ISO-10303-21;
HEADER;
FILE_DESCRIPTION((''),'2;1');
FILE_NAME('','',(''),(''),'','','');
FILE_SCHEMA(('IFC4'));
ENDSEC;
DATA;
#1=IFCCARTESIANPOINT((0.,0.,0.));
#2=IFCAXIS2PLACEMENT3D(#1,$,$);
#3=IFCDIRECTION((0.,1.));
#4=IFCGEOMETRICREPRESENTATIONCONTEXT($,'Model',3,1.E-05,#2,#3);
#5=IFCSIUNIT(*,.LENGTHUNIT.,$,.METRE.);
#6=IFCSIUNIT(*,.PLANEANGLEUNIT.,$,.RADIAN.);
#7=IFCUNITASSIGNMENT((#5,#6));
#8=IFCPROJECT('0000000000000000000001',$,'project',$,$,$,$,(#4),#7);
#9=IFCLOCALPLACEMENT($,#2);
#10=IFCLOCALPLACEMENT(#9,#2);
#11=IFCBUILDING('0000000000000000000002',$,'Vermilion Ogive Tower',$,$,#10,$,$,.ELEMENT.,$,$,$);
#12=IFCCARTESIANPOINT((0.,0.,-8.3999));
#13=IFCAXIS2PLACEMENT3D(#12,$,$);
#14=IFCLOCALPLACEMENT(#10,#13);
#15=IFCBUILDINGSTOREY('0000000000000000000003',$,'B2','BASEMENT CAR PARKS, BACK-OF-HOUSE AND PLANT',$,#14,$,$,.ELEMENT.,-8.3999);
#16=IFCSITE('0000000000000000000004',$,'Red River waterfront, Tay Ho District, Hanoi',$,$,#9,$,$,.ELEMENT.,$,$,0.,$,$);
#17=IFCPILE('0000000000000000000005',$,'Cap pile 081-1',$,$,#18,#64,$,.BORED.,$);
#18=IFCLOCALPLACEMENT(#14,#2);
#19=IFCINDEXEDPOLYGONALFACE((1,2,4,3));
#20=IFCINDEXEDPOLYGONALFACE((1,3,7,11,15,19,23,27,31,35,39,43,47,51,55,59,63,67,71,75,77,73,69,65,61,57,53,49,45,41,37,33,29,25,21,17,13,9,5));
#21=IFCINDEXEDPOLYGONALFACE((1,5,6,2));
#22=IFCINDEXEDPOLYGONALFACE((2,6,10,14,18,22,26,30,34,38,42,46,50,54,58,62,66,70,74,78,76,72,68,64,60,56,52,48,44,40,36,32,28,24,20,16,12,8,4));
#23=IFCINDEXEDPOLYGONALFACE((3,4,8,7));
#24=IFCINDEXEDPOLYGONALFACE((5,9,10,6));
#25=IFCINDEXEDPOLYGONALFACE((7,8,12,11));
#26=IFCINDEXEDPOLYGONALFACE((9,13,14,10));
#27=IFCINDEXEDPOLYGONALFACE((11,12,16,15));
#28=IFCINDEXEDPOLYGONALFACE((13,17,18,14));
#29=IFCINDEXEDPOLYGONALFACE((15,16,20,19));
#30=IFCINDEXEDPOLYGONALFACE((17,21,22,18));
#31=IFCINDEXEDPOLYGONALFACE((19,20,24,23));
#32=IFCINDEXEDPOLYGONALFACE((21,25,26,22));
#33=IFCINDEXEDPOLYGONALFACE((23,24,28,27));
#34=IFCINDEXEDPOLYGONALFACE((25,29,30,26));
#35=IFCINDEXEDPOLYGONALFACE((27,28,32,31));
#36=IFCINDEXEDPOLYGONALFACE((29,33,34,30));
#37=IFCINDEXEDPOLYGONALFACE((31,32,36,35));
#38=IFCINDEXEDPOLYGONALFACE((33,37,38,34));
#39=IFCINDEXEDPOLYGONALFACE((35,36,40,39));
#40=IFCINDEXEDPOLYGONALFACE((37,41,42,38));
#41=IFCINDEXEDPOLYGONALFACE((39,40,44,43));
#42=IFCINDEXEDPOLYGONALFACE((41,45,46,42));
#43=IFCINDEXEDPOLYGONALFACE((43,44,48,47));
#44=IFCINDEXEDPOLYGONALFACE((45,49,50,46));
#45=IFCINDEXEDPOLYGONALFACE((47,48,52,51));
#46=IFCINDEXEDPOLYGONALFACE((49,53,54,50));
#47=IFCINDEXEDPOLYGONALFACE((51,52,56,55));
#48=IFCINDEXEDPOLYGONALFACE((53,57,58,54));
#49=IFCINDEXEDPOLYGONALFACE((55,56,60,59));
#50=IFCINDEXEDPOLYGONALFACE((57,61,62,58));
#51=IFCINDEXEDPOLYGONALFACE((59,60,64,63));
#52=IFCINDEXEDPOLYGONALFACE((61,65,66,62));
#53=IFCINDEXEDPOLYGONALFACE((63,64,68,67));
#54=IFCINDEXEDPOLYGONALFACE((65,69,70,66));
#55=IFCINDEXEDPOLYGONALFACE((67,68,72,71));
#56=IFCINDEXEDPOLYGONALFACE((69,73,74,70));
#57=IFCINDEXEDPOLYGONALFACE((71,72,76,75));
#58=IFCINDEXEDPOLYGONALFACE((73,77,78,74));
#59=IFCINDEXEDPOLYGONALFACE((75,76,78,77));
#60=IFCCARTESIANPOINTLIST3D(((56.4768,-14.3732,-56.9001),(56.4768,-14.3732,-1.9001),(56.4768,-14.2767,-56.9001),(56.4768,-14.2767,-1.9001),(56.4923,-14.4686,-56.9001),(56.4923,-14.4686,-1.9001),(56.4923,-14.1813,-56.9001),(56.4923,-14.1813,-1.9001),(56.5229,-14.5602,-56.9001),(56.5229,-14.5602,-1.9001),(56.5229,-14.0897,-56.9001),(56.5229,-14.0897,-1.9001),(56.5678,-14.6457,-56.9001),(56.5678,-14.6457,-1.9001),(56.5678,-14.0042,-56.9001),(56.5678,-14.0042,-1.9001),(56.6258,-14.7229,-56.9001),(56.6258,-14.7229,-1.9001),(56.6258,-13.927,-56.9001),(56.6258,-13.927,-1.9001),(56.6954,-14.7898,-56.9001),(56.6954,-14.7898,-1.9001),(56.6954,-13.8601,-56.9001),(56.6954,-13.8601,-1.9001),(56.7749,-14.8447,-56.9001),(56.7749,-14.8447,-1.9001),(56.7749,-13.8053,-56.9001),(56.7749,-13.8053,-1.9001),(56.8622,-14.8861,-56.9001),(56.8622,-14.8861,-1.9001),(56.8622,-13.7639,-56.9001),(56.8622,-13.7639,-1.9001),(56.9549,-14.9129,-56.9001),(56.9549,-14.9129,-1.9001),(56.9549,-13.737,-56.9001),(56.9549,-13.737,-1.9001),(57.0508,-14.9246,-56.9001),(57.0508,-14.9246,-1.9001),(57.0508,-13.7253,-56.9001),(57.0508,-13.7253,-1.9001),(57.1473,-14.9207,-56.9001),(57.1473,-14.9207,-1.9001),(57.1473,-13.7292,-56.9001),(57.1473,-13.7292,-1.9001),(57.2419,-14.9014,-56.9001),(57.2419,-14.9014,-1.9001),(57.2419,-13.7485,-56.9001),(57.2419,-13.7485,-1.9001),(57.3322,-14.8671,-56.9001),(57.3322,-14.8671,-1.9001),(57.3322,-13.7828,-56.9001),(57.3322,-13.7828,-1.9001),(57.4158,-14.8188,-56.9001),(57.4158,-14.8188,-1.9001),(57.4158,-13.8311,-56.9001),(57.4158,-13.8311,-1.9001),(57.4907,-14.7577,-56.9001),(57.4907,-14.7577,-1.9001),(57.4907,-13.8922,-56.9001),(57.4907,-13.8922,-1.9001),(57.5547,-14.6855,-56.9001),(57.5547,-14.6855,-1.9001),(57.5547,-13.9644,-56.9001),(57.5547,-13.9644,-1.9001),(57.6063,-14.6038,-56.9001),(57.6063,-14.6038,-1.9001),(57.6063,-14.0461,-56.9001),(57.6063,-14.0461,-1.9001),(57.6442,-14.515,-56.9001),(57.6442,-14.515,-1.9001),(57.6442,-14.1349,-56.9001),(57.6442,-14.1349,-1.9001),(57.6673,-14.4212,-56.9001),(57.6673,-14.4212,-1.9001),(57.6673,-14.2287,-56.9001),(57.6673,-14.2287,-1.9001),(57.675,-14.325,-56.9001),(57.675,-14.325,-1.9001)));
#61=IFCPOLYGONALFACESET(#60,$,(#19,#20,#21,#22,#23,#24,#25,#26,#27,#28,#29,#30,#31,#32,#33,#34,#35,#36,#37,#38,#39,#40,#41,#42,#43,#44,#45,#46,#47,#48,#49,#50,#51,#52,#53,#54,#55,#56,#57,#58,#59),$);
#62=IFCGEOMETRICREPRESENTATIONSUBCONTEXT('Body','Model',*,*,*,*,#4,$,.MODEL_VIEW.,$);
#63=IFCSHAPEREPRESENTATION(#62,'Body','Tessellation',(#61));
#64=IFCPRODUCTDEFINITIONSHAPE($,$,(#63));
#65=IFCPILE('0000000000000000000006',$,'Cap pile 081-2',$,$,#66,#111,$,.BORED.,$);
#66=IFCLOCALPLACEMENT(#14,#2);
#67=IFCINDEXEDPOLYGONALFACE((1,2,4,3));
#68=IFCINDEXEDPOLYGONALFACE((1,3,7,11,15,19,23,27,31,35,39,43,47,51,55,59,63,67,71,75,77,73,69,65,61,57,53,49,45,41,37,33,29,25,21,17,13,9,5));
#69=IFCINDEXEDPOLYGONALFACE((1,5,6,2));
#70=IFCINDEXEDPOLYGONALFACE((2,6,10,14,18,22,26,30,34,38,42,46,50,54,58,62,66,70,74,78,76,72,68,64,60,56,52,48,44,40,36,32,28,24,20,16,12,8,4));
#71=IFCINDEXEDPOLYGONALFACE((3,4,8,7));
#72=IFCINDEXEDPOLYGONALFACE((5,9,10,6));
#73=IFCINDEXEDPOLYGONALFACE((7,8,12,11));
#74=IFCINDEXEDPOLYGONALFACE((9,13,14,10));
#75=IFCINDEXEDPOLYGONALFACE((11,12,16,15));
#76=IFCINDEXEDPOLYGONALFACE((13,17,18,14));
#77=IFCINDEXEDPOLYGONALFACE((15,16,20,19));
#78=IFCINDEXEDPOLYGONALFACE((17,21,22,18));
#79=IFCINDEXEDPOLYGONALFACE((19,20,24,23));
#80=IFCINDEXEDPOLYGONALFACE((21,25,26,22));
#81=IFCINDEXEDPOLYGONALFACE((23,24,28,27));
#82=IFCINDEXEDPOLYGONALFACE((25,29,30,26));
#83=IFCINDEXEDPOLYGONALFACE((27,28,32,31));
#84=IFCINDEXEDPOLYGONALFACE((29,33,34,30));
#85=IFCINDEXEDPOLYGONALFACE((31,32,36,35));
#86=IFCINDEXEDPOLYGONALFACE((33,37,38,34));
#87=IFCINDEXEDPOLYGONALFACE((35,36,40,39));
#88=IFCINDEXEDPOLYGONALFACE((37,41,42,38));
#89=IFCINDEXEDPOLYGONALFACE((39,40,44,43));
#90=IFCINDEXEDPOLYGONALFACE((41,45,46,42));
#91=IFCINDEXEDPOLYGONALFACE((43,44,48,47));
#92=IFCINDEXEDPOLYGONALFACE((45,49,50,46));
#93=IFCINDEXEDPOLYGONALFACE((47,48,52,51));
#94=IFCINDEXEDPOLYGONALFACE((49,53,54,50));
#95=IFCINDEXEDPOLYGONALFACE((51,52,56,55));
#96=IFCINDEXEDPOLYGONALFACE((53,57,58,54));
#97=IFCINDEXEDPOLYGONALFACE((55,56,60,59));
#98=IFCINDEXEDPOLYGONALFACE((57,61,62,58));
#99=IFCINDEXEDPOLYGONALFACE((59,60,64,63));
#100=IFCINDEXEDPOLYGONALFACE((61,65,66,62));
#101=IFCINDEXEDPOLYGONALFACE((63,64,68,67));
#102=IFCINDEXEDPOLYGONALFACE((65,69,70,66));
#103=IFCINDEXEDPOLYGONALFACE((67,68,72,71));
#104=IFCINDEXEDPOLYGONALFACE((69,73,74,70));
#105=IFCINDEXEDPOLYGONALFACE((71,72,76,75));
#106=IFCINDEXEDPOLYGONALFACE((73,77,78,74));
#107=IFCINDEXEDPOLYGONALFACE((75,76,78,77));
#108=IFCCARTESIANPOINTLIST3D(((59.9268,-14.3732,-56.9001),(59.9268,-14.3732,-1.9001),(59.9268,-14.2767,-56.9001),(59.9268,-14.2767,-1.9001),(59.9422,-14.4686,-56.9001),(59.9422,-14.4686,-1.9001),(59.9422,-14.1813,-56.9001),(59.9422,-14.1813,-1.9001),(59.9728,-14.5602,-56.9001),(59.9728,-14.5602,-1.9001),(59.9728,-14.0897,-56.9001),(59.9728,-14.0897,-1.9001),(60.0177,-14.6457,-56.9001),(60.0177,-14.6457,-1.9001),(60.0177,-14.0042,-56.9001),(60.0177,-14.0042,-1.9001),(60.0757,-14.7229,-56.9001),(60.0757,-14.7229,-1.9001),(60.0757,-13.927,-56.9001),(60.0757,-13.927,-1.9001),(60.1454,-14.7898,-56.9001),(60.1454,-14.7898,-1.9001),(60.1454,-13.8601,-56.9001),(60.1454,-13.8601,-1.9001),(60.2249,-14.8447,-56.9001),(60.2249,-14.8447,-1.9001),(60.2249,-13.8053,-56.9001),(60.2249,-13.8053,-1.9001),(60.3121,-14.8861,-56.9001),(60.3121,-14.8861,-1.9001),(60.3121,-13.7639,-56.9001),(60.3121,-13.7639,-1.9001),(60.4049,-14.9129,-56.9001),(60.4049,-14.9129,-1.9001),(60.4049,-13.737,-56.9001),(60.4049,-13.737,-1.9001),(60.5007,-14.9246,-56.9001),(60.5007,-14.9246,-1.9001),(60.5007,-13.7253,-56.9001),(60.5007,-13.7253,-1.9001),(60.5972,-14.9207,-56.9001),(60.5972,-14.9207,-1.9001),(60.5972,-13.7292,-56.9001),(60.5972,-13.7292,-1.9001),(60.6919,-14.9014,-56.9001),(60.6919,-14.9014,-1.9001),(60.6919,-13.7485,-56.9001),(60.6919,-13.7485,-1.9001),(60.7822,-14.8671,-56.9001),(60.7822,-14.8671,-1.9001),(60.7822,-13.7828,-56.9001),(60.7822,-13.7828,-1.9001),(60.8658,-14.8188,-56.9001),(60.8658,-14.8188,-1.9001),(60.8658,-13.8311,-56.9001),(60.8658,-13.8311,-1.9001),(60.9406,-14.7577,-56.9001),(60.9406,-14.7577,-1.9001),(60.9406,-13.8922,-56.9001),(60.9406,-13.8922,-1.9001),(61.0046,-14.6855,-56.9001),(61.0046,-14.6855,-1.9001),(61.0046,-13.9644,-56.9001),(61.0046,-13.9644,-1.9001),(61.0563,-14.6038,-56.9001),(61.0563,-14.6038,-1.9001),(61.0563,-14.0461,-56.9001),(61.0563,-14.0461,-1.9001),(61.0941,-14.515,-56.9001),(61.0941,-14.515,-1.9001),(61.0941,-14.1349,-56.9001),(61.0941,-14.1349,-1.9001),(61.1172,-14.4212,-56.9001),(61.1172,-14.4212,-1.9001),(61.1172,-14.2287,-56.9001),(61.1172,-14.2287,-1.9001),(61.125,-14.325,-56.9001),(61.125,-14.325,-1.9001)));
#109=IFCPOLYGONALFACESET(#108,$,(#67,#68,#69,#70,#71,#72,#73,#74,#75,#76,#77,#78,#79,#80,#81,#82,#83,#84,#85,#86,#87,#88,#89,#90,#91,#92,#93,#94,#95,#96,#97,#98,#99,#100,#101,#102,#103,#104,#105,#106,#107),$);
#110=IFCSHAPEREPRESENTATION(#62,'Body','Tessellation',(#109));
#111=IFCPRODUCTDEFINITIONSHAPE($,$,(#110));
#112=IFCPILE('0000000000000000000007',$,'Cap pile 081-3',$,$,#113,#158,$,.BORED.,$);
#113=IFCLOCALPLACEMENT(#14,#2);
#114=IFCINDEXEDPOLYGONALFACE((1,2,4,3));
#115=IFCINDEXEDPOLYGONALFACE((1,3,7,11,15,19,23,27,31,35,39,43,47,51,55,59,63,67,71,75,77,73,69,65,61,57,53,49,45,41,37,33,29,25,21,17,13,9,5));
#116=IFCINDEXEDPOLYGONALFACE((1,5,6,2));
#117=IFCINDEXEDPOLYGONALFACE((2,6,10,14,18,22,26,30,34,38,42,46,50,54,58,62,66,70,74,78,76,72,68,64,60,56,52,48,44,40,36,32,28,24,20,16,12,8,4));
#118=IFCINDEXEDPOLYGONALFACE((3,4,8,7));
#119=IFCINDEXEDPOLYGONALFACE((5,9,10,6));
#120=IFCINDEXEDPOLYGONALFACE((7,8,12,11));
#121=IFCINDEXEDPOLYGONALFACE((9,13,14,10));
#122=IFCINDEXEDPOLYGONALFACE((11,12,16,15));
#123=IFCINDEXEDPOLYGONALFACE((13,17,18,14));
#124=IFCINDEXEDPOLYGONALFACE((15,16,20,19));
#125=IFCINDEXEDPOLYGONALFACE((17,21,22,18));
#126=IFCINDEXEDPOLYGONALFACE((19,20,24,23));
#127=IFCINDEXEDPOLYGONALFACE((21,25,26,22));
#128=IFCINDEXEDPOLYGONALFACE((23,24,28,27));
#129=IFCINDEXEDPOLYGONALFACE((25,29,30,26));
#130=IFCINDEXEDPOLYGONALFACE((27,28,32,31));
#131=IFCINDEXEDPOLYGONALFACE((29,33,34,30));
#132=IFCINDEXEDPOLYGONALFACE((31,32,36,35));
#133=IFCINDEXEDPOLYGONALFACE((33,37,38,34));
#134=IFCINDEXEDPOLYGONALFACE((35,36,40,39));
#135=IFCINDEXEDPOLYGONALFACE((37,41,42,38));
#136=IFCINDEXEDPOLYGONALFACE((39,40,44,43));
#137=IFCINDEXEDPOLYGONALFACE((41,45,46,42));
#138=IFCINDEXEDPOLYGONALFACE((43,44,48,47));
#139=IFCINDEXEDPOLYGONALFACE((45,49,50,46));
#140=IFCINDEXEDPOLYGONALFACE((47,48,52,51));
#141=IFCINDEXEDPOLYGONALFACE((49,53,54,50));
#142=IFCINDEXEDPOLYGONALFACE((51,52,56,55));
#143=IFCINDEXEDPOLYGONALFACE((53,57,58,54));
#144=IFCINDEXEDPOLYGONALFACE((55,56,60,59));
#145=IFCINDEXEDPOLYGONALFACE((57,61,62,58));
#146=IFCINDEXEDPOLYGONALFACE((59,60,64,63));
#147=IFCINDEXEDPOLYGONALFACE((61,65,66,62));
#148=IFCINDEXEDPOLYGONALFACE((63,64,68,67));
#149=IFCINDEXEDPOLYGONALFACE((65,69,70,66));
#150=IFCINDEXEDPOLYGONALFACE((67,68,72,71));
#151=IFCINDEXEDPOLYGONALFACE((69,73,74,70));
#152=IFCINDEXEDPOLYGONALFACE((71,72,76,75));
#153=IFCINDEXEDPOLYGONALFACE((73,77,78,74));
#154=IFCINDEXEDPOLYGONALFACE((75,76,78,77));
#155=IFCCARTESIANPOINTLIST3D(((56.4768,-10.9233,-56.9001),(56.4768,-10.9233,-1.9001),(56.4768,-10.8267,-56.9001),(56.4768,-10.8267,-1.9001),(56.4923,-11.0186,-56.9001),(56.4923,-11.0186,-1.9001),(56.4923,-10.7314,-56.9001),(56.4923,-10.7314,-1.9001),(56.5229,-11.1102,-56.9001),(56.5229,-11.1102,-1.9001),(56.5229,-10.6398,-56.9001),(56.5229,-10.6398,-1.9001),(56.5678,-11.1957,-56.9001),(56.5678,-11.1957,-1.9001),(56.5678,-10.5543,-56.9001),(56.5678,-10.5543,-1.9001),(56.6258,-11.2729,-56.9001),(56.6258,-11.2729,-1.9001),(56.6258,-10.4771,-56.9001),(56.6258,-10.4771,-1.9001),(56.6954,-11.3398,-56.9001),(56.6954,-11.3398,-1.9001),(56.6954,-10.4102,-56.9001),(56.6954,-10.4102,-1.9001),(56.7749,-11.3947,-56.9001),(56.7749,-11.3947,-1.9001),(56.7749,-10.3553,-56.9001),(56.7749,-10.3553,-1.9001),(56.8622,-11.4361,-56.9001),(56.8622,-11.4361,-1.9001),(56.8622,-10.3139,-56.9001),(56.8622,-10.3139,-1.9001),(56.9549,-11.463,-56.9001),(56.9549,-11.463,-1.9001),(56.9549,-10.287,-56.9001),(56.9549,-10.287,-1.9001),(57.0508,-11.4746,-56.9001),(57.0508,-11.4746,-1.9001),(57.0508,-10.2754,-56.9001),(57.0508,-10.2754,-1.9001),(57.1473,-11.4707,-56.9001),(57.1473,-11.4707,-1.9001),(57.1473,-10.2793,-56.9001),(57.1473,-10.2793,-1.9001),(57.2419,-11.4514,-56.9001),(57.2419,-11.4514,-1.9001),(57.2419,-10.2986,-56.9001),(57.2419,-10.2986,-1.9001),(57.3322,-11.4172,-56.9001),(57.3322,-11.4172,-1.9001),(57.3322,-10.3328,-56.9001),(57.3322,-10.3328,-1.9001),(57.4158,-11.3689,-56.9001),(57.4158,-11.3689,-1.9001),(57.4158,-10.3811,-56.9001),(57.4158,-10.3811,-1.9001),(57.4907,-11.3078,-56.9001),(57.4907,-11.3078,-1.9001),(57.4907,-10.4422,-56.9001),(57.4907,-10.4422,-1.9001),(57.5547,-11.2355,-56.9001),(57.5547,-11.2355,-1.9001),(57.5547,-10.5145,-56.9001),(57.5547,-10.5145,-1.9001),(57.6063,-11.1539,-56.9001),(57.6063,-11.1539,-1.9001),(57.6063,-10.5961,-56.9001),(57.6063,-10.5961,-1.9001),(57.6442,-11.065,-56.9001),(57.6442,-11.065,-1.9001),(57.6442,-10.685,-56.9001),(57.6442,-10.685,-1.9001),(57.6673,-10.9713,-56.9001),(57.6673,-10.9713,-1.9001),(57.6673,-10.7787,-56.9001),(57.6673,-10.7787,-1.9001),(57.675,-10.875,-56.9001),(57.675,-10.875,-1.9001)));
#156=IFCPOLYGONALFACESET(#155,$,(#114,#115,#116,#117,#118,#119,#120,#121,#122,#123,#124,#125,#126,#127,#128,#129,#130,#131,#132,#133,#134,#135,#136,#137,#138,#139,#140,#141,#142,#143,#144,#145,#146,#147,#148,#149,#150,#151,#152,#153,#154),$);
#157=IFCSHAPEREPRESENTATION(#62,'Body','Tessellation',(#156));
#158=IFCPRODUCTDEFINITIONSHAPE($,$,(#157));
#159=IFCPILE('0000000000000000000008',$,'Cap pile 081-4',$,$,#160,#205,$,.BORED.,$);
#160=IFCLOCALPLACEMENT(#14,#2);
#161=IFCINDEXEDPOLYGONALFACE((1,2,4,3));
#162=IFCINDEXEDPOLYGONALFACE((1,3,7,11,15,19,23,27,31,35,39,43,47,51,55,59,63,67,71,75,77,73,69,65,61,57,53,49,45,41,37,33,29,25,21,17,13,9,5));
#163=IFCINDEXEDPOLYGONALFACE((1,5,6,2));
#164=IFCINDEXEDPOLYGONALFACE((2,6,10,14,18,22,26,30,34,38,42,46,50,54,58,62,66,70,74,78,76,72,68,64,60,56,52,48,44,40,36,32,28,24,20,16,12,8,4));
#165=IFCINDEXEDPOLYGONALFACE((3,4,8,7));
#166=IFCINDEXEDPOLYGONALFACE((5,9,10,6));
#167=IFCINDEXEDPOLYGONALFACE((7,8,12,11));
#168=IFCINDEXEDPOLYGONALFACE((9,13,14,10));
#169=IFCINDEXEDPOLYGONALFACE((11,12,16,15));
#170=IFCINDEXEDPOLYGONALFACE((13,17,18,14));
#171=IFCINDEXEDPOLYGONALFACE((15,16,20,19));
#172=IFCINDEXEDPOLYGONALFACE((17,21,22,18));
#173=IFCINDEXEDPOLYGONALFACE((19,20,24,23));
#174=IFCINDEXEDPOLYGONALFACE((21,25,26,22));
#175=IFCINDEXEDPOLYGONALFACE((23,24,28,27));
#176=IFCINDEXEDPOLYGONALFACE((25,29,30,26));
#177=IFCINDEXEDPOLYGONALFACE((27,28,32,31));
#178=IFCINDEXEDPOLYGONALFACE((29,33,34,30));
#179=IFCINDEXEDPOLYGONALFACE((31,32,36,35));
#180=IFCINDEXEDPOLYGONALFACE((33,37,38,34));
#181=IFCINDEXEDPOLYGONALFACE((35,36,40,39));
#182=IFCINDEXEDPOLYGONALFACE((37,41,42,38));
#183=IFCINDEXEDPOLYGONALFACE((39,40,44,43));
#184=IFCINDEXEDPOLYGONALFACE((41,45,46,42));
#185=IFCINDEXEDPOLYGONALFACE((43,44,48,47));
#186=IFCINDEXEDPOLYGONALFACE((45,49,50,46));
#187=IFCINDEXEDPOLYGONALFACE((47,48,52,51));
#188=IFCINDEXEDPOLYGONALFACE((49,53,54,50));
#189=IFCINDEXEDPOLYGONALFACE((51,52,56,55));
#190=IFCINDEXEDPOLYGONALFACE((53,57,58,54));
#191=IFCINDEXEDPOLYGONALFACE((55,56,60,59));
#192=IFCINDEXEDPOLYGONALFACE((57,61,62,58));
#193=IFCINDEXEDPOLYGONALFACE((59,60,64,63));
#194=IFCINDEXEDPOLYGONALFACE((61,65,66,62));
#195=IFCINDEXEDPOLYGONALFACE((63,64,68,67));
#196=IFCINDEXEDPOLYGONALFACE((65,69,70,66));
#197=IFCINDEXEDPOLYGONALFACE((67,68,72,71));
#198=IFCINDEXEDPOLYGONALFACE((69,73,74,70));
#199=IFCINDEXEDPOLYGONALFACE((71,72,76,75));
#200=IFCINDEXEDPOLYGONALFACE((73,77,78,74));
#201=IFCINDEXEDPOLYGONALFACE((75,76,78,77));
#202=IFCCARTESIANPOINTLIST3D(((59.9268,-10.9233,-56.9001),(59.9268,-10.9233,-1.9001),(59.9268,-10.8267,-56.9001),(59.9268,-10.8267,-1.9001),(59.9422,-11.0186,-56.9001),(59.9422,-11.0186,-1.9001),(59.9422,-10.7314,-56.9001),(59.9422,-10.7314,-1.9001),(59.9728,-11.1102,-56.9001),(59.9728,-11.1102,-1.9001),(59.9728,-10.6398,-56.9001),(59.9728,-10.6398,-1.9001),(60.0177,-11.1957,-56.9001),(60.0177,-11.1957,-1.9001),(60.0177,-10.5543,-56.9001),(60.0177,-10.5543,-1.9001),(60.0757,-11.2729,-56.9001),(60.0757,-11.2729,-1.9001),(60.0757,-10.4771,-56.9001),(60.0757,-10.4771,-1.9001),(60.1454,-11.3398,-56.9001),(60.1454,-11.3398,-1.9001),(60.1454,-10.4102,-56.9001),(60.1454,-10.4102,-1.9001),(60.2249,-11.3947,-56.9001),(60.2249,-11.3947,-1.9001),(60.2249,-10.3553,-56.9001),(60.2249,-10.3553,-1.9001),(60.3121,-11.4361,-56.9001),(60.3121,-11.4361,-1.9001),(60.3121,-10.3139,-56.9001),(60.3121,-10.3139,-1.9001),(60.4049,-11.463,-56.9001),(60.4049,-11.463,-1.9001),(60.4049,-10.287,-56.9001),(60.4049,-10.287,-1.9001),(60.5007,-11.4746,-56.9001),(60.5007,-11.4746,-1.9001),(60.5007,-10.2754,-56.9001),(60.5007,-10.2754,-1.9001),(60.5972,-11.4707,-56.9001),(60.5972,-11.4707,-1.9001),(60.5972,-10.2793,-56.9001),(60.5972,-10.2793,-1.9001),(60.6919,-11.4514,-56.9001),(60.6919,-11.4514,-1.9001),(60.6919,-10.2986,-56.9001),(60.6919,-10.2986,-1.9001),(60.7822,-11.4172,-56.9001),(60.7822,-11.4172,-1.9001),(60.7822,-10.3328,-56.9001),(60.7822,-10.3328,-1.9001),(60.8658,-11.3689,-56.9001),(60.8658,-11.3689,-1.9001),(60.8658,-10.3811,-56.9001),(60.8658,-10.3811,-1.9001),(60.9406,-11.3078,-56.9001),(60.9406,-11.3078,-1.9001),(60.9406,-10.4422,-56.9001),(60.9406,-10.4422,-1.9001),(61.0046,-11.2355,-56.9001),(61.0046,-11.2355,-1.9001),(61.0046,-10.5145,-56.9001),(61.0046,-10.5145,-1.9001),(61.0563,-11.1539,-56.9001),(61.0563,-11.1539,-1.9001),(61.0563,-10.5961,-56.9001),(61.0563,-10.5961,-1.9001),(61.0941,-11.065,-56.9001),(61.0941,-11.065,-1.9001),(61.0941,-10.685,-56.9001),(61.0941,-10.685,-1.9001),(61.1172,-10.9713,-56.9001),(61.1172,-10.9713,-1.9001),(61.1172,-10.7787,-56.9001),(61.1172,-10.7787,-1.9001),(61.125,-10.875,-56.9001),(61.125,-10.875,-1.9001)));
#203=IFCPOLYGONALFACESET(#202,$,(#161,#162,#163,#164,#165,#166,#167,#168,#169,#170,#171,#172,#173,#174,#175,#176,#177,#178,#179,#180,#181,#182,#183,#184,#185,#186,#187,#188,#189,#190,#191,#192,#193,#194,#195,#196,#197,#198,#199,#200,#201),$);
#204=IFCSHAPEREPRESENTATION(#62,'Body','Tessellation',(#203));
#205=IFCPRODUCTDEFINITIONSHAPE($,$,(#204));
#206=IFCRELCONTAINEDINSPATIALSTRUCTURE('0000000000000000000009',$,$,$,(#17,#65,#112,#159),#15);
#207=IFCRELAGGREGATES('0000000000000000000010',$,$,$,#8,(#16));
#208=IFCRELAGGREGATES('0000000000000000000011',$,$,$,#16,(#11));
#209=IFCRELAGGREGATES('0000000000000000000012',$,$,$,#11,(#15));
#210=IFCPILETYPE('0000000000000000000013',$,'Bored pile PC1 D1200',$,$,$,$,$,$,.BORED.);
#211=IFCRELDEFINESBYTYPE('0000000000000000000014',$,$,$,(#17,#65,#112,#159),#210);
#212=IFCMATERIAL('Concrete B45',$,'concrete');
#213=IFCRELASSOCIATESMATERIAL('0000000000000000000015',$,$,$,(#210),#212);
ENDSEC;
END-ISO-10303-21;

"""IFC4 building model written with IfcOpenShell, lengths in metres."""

from ifc_helpers import new_model, si_unit, direction, frame, origin, origin_2d, place, context, subcontext, project, spatial, circle, extrude, material, type_object, element, save


model = new_model("IFC4")

# Units and contexts
model_context = context("Model", 3, precision=1e-05, world=origin(), true_north=direction((0.0, 1.0)))
body_context = subcontext(model_context, "Body", "Model", "MODEL_VIEW")
ifc_project = project(units=[si_unit("LENGTHUNIT", "METRE"), si_unit("PLANEANGLEUNIT", "RADIAN")], contexts=[model_context])

# Site, building, storey
site_placement = place(None, origin())
site = spatial("IfcSite", under=ifc_project, at=site_placement, Name="Red River waterfront, Tay Ho District, Hanoi", CompositionType="ELEMENT", RefElevation=0.0)
building_placement = place(site_placement, origin())
building = spatial("IfcBuilding", under=site, at=building_placement, Name="Vermilion Ogive Tower", CompositionType="ELEMENT")
storey_placement = place(building_placement, frame((0.0, 0.0, -8.3999)))
storey = spatial("IfcBuildingStorey", under=building, at=storey_placement, Name="B2", Description="BASEMENT CAR PARKS, BACK-OF-HOUSE AND PLANT", CompositionType="ELEMENT", Elevation=-8.3999)

# Piles
ifc_material_1 = material(Name="Concrete B45", Category="concrete")
pile_type = type_object("IfcPileType", Name="Bored pile PC1 D1200", PredefinedType="BORED", material=ifc_material_1)
for number, where, z_axis, x_axis, name in (
    (1, (57.075, -14.325, -1.9001), (0.0, 0.0, -1.0), (1.0, 0.0, 0.0), "Cap pile 081-1"),
    (2, (60.5249, -14.325, -1.9001), (0.0, 0.0, -1.0), (1.0, 0.0, 0.0), "Cap pile 081-2"),
    (3, (57.075, -10.875, -1.9001), (0.0, 0.0, -1.0), (1.0, 0.0, 0.0), "Cap pile 081-3"),
    (4, (60.5249, -10.875, -1.9001), (0.0, 0.0, -1.0), (1.0, 0.0, 0.0), "Cap pile 081-4"),
):
    element("IfcPile", number, at=place(storey_placement, frame(where, z_axis=z_axis, x_axis=x_axis)), inside=storey, type_object=pile_type, Name=name, PredefinedType="BORED", context=body_context, shape_type="SweptSolid", body=[
        extrude(circle(Radius=0.6001, at=origin_2d()), origin(), (0.0, 0.0, 1.0), 55.0),
    ])

save(model, "model.ifc")
